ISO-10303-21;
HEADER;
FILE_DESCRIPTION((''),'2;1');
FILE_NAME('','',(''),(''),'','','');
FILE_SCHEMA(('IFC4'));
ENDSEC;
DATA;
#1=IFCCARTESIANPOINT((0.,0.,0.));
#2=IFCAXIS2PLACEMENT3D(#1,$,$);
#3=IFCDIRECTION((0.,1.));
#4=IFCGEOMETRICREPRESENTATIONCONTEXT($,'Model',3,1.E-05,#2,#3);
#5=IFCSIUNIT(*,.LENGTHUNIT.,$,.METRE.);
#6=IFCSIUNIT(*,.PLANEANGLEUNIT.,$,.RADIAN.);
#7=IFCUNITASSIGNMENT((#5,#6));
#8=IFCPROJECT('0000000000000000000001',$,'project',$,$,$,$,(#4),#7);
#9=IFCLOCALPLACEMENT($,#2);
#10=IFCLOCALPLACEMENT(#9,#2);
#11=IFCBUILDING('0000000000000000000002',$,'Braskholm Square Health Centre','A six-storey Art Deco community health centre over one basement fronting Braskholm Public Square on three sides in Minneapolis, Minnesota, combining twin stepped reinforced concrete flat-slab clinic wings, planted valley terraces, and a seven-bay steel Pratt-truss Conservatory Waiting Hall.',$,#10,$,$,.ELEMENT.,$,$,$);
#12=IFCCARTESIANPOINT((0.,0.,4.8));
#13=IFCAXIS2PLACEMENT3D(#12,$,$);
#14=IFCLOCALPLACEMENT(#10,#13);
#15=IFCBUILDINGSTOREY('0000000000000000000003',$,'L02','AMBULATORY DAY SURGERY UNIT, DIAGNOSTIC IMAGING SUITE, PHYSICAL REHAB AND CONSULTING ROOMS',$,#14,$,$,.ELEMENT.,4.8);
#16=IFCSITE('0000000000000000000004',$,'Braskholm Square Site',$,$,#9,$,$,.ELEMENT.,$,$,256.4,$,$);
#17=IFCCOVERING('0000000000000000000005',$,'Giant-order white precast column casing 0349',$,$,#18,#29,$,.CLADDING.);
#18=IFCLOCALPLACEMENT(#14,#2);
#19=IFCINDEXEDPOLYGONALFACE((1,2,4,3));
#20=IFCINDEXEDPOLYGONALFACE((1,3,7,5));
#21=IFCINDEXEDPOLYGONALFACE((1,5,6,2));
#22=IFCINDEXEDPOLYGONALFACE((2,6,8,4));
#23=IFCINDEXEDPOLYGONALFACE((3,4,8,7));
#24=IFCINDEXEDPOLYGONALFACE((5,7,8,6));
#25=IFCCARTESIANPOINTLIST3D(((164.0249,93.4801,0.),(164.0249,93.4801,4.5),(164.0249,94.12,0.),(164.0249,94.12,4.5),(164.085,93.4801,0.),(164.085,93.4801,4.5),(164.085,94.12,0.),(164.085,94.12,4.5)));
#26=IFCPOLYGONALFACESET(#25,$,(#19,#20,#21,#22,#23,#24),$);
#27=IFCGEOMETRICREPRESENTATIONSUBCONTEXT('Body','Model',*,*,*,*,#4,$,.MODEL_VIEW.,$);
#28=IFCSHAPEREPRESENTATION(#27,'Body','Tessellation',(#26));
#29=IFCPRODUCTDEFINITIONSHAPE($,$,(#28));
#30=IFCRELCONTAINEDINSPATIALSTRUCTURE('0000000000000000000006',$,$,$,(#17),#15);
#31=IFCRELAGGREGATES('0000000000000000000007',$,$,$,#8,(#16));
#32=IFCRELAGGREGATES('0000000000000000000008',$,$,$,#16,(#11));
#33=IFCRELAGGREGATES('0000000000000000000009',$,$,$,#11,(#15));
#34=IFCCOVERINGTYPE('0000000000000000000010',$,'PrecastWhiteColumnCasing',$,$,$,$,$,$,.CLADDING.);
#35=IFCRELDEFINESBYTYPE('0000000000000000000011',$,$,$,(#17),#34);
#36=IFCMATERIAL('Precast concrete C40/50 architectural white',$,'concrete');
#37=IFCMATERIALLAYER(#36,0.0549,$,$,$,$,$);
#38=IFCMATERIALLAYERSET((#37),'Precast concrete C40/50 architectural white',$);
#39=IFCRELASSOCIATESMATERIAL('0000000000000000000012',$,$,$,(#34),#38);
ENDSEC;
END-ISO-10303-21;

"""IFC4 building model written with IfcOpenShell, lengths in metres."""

from ifc_helpers import new_model, si_unit, direction, frame, origin, origin_2d, place, context, subcontext, project, spatial, rectangle, extrude, material, layer, layer_set, type_object, element, save


model = new_model("IFC4")

# Units and contexts
model_context = context("Model", 3, precision=1e-05, world=origin(), true_north=direction((0.0, 1.0)))
body_context = subcontext(model_context, "Body", "Model", "MODEL_VIEW")
ifc_project = project(units=[si_unit("LENGTHUNIT", "METRE"), si_unit("PLANEANGLEUNIT", "RADIAN")], contexts=[model_context])

# Site, building, storey
site_placement = place(None, origin())
site = spatial("IfcSite", under=ifc_project, at=site_placement, Name="Braskholm Square Site", CompositionType="ELEMENT", RefElevation=256.4)
building_placement = place(site_placement, origin())
building = spatial("IfcBuilding", under=site, at=building_placement, Name="Braskholm Square Health Centre", Description="A six-storey Art Deco community health centre over one basement fronting Braskholm Public Square on three sides in Minneapolis, Minnesota, combining twin stepped reinforced concrete flat-slab clinic wings, planted valley terraces, and a seven-bay steel Pratt-truss Conservatory Waiting Hall.", CompositionType="ELEMENT")
storey_placement = place(building_placement, frame((0.0, 0.0, 4.8)))
storey = spatial("IfcBuildingStorey", under=building, at=storey_placement, Name="L02", Description="AMBULATORY DAY SURGERY UNIT, DIAGNOSTIC IMAGING SUITE, PHYSICAL REHAB AND CONSULTING ROOMS", CompositionType="ELEMENT", Elevation=4.8)

# Covering
ifc_material_1 = material(Name="Precast concrete C40/50 architectural white", Category="concrete")
ifc_layer_1 = layer(ifc_material_1, 0.0549)
ifc_layer_set_1 = layer_set([ifc_layer_1], Name="Precast concrete C40/50 architectural white")
covering_type_1 = type_object("IfcCoveringType", Name="PrecastWhiteColumnCasing", PredefinedType="CLADDING", material=ifc_layer_set_1)
covering_placement = place(storey_placement, frame((164.0549, 93.8, 0.0), z_axis=(0.0, 0.0, 1.0), x_axis=(1.0, 0.0, 0.0)))
element("IfcCovering", 1, at=covering_placement, inside=storey, type_object=covering_type_1, Name="Giant-order white precast column casing 0349", PredefinedType="CLADDING", context=body_context, shape_type="SweptSolid", body=[
    extrude(rectangle(XDim=0.0601, YDim=0.6399, at=origin_2d()), origin(), (0.0, 0.0, 1.0), 4.5),
])

save(model, "model.ifc")
